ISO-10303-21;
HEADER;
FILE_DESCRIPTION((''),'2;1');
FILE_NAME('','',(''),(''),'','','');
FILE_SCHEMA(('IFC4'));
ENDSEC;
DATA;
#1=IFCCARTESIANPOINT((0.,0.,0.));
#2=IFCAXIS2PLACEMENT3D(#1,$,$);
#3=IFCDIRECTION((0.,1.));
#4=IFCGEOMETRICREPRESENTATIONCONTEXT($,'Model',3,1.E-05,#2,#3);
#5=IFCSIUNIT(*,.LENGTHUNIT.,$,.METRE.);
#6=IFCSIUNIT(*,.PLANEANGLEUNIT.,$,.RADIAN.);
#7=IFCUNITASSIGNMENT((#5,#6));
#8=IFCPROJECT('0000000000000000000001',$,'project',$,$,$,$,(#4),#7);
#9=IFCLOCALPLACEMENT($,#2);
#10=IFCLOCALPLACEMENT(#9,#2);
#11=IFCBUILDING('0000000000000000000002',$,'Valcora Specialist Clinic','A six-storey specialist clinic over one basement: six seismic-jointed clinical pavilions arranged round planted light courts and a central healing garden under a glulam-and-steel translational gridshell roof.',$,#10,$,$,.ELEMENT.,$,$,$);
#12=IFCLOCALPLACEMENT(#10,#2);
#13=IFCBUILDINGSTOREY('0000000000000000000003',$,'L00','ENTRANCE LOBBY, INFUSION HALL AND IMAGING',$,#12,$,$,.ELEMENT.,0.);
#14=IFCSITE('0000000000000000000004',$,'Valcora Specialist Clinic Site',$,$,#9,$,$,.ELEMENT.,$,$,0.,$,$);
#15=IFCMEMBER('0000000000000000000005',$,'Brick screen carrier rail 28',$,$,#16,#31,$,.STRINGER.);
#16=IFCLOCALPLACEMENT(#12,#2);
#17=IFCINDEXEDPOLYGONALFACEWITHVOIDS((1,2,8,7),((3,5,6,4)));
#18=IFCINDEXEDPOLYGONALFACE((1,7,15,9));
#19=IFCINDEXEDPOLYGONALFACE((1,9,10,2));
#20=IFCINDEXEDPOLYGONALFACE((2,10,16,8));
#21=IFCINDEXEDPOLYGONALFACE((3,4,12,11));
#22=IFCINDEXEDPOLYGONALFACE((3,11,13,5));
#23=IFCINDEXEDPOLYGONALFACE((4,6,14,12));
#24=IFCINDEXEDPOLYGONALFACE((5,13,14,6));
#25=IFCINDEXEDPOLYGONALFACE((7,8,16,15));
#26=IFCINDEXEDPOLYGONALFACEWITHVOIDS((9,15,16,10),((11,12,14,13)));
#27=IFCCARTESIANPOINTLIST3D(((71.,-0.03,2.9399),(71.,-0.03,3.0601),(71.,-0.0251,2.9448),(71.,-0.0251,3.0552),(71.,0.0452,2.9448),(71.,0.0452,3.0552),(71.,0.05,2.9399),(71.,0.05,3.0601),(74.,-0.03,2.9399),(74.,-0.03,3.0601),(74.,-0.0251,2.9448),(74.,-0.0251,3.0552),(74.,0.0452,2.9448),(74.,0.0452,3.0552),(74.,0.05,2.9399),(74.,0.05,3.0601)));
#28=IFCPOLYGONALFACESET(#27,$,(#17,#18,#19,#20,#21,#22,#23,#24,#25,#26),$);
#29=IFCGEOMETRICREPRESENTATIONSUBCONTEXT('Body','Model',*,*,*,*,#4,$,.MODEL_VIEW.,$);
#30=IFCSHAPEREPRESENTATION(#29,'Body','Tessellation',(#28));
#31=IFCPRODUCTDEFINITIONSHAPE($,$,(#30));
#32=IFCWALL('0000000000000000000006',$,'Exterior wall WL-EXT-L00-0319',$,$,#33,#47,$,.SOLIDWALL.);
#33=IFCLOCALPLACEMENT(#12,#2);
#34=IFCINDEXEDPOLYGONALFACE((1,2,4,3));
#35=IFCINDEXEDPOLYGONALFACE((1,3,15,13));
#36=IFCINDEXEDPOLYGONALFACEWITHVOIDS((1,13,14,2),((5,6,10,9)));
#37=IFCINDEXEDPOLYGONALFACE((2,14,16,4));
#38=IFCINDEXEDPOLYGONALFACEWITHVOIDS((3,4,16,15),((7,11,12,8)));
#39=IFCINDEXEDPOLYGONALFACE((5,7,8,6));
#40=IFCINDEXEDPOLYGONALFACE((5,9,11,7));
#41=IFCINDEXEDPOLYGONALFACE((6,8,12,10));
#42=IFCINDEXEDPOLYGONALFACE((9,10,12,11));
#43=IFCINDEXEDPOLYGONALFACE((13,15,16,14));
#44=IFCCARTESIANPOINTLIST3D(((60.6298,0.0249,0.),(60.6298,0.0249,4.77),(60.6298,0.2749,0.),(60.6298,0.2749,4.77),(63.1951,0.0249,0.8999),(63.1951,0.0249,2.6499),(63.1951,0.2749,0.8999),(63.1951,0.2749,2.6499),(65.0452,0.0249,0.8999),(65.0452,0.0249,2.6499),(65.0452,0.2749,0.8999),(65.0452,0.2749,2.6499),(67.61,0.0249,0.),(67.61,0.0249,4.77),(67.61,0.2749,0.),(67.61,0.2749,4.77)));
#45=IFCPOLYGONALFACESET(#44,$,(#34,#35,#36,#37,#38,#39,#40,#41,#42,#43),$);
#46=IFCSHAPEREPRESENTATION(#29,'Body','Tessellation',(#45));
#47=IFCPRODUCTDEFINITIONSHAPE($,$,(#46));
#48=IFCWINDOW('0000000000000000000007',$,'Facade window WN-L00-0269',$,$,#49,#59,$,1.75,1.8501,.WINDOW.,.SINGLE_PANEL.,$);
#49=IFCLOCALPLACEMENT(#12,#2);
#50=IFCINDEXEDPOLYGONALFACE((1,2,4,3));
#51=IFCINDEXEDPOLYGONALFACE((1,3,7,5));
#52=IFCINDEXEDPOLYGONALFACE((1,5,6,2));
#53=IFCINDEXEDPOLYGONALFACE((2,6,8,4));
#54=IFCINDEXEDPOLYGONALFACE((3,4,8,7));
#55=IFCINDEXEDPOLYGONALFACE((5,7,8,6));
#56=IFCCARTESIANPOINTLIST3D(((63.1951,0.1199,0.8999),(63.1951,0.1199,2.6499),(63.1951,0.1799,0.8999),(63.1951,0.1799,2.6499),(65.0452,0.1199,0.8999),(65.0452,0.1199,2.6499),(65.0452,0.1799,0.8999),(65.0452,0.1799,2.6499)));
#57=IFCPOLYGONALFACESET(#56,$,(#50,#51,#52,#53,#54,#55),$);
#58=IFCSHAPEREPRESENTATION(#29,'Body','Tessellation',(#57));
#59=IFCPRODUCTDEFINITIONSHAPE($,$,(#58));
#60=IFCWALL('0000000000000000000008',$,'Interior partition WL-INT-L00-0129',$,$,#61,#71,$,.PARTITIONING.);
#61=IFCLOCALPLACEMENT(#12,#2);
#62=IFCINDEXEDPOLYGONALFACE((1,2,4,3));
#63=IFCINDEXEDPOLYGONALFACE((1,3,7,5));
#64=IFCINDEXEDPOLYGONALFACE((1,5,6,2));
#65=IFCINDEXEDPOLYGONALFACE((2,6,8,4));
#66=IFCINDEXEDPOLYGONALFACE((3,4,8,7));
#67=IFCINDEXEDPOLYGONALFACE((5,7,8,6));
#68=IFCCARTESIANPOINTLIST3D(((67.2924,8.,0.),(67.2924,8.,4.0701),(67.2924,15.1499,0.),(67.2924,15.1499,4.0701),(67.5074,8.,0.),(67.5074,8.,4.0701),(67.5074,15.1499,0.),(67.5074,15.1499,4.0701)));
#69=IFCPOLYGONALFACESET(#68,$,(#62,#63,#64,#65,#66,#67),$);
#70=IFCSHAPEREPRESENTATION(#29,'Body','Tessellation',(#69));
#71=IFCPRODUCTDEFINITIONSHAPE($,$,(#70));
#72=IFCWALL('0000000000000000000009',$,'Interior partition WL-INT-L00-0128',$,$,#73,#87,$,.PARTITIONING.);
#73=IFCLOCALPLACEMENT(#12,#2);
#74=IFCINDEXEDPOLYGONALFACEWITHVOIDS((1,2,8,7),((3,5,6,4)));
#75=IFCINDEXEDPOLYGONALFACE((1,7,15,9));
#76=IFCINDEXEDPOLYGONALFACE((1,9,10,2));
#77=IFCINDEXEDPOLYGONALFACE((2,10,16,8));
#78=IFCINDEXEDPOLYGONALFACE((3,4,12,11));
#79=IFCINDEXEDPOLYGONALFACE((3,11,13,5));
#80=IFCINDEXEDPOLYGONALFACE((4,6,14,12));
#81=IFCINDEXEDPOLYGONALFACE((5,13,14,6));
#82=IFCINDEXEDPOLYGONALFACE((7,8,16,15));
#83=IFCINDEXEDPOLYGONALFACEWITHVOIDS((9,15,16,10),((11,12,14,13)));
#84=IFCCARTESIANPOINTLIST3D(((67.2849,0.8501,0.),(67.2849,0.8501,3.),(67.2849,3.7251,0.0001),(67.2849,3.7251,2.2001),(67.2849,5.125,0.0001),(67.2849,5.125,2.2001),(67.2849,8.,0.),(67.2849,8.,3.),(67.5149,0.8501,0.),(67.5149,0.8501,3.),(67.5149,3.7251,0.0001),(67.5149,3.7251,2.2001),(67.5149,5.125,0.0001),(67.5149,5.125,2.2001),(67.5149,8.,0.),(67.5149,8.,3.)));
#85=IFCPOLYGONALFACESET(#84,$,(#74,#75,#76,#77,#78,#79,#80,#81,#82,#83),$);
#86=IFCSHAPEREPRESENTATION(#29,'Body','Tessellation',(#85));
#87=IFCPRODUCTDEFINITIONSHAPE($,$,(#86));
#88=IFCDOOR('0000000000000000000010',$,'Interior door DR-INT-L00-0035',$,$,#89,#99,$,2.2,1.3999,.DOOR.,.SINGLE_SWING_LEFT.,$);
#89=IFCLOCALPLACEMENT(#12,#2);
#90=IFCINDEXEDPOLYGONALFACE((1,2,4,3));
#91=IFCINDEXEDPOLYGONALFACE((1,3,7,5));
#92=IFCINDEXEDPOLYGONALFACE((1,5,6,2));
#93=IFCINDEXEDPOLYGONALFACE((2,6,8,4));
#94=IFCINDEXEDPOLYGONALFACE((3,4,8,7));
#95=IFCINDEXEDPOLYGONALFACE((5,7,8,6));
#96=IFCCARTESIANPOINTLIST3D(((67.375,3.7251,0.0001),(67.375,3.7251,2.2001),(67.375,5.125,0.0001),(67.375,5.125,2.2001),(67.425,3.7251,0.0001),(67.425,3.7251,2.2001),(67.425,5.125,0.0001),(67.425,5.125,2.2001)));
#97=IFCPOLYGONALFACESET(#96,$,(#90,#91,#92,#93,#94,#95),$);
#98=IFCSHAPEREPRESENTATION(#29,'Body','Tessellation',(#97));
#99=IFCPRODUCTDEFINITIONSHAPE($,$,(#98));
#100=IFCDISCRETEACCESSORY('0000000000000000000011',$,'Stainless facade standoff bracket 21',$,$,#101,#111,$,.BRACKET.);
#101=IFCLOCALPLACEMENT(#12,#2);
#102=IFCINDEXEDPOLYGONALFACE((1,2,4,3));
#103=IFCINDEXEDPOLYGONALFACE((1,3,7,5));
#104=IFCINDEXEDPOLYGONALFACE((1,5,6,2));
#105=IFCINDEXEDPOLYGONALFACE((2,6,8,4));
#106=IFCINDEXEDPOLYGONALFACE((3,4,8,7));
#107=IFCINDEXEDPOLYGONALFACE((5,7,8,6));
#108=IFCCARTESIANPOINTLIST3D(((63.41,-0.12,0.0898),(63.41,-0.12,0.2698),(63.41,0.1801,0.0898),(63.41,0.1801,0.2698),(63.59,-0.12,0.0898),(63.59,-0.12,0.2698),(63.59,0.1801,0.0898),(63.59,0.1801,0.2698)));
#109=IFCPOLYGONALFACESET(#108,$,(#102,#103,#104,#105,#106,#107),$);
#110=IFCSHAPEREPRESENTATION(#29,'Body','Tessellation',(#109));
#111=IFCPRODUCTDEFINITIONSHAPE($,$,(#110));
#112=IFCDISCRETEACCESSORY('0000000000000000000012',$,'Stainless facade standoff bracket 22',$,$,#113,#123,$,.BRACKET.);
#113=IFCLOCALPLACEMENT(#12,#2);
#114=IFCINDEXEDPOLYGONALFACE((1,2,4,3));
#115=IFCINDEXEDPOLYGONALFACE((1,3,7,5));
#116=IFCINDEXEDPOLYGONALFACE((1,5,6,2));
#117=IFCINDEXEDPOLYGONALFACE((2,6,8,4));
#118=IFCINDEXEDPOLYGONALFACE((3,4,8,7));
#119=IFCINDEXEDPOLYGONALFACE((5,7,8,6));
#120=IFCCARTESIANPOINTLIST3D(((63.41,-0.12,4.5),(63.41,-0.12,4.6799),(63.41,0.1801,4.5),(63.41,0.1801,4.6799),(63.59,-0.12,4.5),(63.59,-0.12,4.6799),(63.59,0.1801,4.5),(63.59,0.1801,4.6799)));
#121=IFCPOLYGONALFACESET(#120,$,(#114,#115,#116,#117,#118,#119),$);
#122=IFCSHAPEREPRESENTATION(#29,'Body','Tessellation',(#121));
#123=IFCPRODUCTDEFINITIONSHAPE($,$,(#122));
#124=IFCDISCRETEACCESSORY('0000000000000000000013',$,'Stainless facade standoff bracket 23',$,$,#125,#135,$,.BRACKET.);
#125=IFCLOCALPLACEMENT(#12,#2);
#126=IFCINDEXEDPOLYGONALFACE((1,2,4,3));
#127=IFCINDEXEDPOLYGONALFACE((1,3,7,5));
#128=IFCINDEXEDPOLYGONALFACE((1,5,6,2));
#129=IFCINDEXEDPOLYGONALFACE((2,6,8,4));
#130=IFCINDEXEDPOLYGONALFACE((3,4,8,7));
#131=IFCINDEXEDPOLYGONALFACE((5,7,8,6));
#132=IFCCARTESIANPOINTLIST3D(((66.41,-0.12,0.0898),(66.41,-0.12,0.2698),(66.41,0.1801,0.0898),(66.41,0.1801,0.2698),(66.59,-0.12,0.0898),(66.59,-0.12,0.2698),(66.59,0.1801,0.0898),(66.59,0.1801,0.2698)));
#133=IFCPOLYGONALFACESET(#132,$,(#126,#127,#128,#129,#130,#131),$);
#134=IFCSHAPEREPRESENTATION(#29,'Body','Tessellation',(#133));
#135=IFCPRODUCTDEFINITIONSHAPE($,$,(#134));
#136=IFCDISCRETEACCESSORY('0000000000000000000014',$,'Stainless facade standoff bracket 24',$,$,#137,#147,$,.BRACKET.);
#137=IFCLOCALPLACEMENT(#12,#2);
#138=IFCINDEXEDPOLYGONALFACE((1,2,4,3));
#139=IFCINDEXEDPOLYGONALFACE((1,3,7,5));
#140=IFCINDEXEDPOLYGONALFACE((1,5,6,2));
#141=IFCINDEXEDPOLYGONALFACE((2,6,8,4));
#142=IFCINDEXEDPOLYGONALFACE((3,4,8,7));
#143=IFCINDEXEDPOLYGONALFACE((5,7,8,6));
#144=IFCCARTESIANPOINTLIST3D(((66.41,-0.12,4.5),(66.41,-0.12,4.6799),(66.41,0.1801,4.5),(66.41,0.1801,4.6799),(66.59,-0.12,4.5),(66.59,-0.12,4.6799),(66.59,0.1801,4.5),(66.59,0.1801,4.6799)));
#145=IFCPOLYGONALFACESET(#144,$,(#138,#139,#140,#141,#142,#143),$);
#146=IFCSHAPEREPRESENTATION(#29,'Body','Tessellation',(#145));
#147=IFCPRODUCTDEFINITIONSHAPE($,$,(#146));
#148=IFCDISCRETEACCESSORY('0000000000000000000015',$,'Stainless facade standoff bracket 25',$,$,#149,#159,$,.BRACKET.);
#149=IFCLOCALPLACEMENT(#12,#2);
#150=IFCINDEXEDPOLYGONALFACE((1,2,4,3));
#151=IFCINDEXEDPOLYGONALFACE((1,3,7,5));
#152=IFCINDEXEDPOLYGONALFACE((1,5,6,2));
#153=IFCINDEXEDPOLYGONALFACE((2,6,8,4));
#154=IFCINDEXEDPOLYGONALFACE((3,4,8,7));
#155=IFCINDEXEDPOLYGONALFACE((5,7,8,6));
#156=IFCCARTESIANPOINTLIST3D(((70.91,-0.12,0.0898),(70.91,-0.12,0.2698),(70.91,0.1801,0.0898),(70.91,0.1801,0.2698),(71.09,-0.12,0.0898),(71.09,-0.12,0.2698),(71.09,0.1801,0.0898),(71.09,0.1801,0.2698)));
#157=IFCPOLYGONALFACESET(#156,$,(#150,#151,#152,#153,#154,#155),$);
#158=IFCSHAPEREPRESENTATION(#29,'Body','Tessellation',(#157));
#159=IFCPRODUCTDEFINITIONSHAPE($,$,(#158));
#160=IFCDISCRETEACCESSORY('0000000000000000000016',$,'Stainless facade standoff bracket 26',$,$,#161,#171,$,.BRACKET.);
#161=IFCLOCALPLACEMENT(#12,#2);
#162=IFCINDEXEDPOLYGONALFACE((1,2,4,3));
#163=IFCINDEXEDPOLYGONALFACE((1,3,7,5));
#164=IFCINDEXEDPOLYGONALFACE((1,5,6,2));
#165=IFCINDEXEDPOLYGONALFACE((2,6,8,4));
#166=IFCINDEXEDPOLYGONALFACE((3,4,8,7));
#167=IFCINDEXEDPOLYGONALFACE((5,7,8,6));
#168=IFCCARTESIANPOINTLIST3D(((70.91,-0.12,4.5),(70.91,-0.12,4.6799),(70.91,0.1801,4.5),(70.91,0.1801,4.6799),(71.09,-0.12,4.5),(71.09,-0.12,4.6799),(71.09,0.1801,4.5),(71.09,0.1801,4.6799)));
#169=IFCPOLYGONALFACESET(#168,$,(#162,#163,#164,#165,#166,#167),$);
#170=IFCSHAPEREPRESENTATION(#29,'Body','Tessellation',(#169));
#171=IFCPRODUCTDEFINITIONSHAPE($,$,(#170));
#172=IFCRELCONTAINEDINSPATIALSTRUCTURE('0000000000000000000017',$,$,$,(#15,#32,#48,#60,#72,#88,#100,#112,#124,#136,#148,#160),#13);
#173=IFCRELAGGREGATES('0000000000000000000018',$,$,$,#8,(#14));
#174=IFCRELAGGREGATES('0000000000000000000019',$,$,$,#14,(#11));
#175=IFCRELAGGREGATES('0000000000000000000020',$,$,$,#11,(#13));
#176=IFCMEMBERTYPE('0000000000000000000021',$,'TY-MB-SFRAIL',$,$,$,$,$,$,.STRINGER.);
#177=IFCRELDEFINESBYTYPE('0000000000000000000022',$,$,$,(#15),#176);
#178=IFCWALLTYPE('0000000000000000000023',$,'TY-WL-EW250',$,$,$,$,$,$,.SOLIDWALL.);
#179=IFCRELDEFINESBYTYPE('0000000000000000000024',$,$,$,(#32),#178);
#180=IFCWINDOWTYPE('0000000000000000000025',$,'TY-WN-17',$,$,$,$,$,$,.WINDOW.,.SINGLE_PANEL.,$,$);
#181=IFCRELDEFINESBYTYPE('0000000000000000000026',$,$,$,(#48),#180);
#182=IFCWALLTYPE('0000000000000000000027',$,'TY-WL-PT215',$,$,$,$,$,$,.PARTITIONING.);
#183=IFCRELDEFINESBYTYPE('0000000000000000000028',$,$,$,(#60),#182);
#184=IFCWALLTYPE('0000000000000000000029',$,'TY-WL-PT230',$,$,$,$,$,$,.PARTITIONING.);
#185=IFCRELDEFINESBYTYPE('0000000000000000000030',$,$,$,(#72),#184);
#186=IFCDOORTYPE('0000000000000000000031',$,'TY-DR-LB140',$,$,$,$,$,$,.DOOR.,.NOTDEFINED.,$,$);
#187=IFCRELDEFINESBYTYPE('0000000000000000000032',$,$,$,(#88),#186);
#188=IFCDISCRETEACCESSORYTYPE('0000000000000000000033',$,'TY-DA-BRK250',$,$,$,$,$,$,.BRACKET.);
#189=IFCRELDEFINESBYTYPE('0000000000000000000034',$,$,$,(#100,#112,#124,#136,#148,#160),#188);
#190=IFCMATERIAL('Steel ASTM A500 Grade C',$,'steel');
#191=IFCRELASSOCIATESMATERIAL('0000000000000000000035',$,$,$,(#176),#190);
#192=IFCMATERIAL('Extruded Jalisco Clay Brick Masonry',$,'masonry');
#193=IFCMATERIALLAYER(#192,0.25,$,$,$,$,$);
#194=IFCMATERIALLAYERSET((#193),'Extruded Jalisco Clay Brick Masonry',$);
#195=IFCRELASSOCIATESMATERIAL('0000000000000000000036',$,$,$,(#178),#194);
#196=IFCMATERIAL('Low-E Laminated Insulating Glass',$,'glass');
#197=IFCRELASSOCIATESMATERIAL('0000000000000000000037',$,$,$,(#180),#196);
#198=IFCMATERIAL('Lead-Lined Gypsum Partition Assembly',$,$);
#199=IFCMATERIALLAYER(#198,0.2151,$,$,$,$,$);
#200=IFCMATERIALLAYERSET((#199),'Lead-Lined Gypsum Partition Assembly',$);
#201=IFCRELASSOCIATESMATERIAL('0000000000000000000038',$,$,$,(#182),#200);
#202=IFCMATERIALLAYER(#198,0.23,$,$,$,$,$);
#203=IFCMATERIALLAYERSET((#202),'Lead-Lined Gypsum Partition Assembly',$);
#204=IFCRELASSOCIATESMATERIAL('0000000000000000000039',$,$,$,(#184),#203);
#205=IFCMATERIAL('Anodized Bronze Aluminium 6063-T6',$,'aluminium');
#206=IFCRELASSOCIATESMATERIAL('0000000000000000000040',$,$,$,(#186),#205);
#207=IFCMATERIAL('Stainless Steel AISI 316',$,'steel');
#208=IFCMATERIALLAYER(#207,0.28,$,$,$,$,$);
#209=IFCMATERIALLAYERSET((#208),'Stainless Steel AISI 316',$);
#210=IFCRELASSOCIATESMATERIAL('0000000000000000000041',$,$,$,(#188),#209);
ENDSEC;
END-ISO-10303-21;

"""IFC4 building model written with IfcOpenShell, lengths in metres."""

from ifc_helpers import new_model, si_unit, direction, frame, frame_2d, origin, origin_2d, place, context, subcontext, project, spatial, rectangle, hollow_rectangle, extrude, material, layer, layer_set, material_profile, profile_set, type_object, element, fill, save


model = new_model("IFC4")

# Units and contexts
model_context = context("Model", 3, precision=1e-05, world=origin(), true_north=direction((0.0, 1.0)))
body_context = subcontext(model_context, "Body", "Model", "MODEL_VIEW")
ifc_project = project(units=[si_unit("LENGTHUNIT", "METRE"), si_unit("PLANEANGLEUNIT", "RADIAN")], contexts=[model_context])

# Site, building, storey
site_placement = place(None, origin())
site = spatial("IfcSite", under=ifc_project, at=site_placement, Name="Valcora Specialist Clinic Site", CompositionType="ELEMENT", RefElevation=0.0)
building_placement = place(site_placement, origin())
building = spatial("IfcBuilding", under=site, at=building_placement, Name="Valcora Specialist Clinic", Description="A six-storey specialist clinic over one basement: six seismic-jointed clinical pavilions arranged round planted light courts and a central healing garden under a glulam-and-steel translational gridshell roof.", CompositionType="ELEMENT")
storey_placement = place(building_placement, origin())
storey = spatial("IfcBuildingStorey", under=building, at=storey_placement, Name="L00", Description="ENTRANCE LOBBY, INFUSION HALL AND IMAGING", CompositionType="ELEMENT", Elevation=0.0)

# Member
ifc_material_1 = material(Name="Steel ASTM A500 Grade C", Category="steel")
ifc_material_profile_1 = material_profile(ifc_material_1, hollow_rectangle(XDim=0.0801, YDim=0.1201, WallThickness=0.0049, at=origin_2d()), Name="ST-RHS-120X80X5")
ifc_profile_set_1 = profile_set([ifc_material_profile_1], Name="Steel ASTM A500 Grade C")
member_type_1 = type_object("IfcMemberType", Name="TY-MB-SFRAIL", PredefinedType="STRINGER", material=ifc_profile_set_1)
for number, where, z_axis, x_axis, name in (
    (1, (71.0, 0.01, 3.0), (1.0, 0.0, 0.0), (0.0, 1.0, 0.0), "Brick screen carrier rail 28"),
):
    element("IfcMember", number, at=place(storey_placement, frame(where, z_axis=z_axis, x_axis=x_axis)), inside=storey, type_object=member_type_1, Name=name, PredefinedType="STRINGER", context=body_context, shape_type="SweptSolid", body=[
        extrude(hollow_rectangle(XDim=0.0801, YDim=0.1201, WallThickness=0.0049, at=origin_2d()), origin(), (0.0, 0.0, 1.0), 3.0),
    ])

# Wall, opening, window
ifc_material_2 = material(Name="Extruded Jalisco Clay Brick Masonry", Category="masonry")
ifc_layer_1 = layer(ifc_material_2, 0.25)
ifc_layer_set_1 = layer_set([ifc_layer_1], Name="Extruded Jalisco Clay Brick Masonry")
wall_type_1 = type_object("IfcWallType", Name="TY-WL-EW250", PredefinedType="SOLIDWALL", material=ifc_layer_set_1)
wall_1_placement = place(storey_placement, frame((67.6101, 0.1499, 0.0), z_axis=(0.0, 0.0, 1.0), x_axis=(-1.0, 0.0, 0.0)))
wall_1 = element("IfcWall", 2, at=wall_1_placement, inside=storey, type_object=wall_type_1, Name="Exterior wall WL-EXT-L00-0319", PredefinedType="SOLIDWALL", context=body_context, shape_type="SweptSolid", body=[
    extrude(rectangle(XDim=6.9802, YDim=0.25, at=frame_2d((3.4902, 0.0))), origin(), (0.0, 0.0, 1.0), 4.77),
])
opening_1_placement = place(wall_1_placement, frame((2.5649, 0.0, 0.8999)))
opening_1 = element("IfcOpeningElement", 3, at=opening_1_placement, cuts=wall_1, PredefinedType="OPENING", context=body_context, shape_type="SweptSolid", body=[
    extrude(rectangle(XDim=1.8501, YDim=1.75, at=frame_2d((0.925, 0.875))), frame((0.0, 0.135, 0.0), z_axis=(0.0, -1.0, 0.0), x_axis=(1.0, 0.0, 0.0)), (0.0, 0.0, 1.0), 0.27),
])
ifc_material_3 = material(Name="Low-E Laminated Insulating Glass", Category="glass")
window_type = type_object("IfcWindowType", Name="TY-WN-17", PartitioningType="SINGLE_PANEL", PredefinedType="WINDOW", material=ifc_material_3)
window_placement = place(opening_1_placement, origin())
window = element("IfcWindow", 4, at=window_placement, inside=storey, type_object=window_type, Name="Facade window WN-L00-0269", OverallHeight=1.75, OverallWidth=1.8501, PartitioningType="SINGLE_PANEL", PredefinedType="WINDOW", context=body_context, shape_type="SweptSolid", body=[
    extrude(rectangle(XDim=1.8501, YDim=1.75, at=frame_2d((0.925, 0.875))), frame((0.0, 0.03, 0.0), z_axis=(0.0, -1.0, 0.0), x_axis=(1.0, 0.0, 0.0)), (0.0, 0.0, 1.0), 0.0601),
])
fill(opening_1, window)

# Wall
ifc_material_4 = material(Name="Lead-Lined Gypsum Partition Assembly")
ifc_layer_2 = layer(ifc_material_4, 0.2151)
ifc_layer_set_2 = layer_set([ifc_layer_2], Name="Lead-Lined Gypsum Partition Assembly")
wall_type_2 = type_object("IfcWallType", Name="TY-WL-PT215", PredefinedType="PARTITIONING", material=ifc_layer_set_2)
wall_2_placement = place(storey_placement, frame((67.3999, 8.0, 0.0), z_axis=(0.0, 0.0, 1.0), x_axis=(0.0, 1.0, 0.0)))
element("IfcWall", 5, at=wall_2_placement, inside=storey, type_object=wall_type_2, Name="Interior partition WL-INT-L00-0129", PredefinedType="PARTITIONING", context=body_context, shape_type="SweptSolid", body=[
    extrude(rectangle(XDim=7.1499, YDim=0.2151, at=frame_2d((3.575, 0.0))), origin(), (0.0, 0.0, 1.0), 4.0701),
])

# Wall, opening, door
ifc_layer_3 = layer(ifc_material_4, 0.23)
ifc_layer_set_3 = layer_set([ifc_layer_3], Name="Lead-Lined Gypsum Partition Assembly")
wall_type_3 = type_object("IfcWallType", Name="TY-WL-PT230", PredefinedType="PARTITIONING", material=ifc_layer_set_3)
wall_3_placement = place(storey_placement, frame((67.3999, 0.8501, 0.0), z_axis=(0.0, 0.0, 1.0), x_axis=(0.0, 1.0, 0.0)))
wall_3 = element("IfcWall", 6, at=wall_3_placement, inside=storey, type_object=wall_type_3, Name="Interior partition WL-INT-L00-0128", PredefinedType="PARTITIONING", context=body_context, shape_type="SweptSolid", body=[
    extrude(rectangle(XDim=7.1499, YDim=0.23, at=frame_2d((3.575, 0.0))), origin(), (0.0, 0.0, 1.0), 3.0),
])
opening_2_placement = place(wall_3_placement, frame((2.875, 0.0, 0.0)))
opening_2 = element("IfcOpeningElement", 7, at=opening_2_placement, cuts=wall_3, PredefinedType="OPENING", context=body_context, shape_type="SweptSolid", body=[
    extrude(rectangle(XDim=1.3999, YDim=2.2, at=frame_2d((0.7, 1.1001))), frame((0.0, 0.125, 0.0), z_axis=(0.0, -1.0, 0.0), x_axis=(1.0, 0.0, 0.0)), (0.0, 0.0, 1.0), 0.25),
])
ifc_material_5 = material(Name="Anodized Bronze Aluminium 6063-T6", Category="aluminium")
door_type = type_object("IfcDoorType", Name="TY-DR-LB140", OperationType="NOTDEFINED", PredefinedType="DOOR", material=ifc_material_5)
door_placement = place(opening_2_placement, origin())
door = element("IfcDoor", 8, at=door_placement, inside=storey, type_object=door_type, Name="Interior door DR-INT-L00-0035", OperationType="SINGLE_SWING_LEFT", OverallHeight=2.2, OverallWidth=1.3999, PredefinedType="DOOR", context=body_context, shape_type="SweptSolid", body=[
    extrude(rectangle(XDim=1.3999, YDim=2.2, at=frame_2d((0.7, 1.1001))), frame((0.0, 0.0249, 0.0), z_axis=(0.0, -1.0, 0.0), x_axis=(1.0, 0.0, 0.0)), (0.0, 0.0, 1.0), 0.05),
])
fill(opening_2, door)

# Discrete accessories
ifc_material_6 = material(Name="Stainless Steel AISI 316", Category="steel")
ifc_layer_4 = layer(ifc_material_6, 0.28)
ifc_layer_set_4 = layer_set([ifc_layer_4], Name="Stainless Steel AISI 316")
discrete_accessory_type = type_object("IfcDiscreteAccessoryType", Name="TY-DA-BRK250", PredefinedType="BRACKET", material=ifc_layer_set_4)
for number, where, z_axis, x_axis, name in (
    (9, (63.5, 0.03, 0.0898), (0.0, 0.0, 1.0), (1.0, 0.0, 0.0), "Stainless facade standoff bracket 21"),
    (10, (63.5, 0.03, 4.5), (0.0, 0.0, 1.0), (1.0, 0.0, 0.0), "Stainless facade standoff bracket 22"),
    (11, (66.5, 0.03, 0.0898), (0.0, 0.0, 1.0), (1.0, 0.0, 0.0), "Stainless facade standoff bracket 23"),
    (12, (66.5, 0.03, 4.5), (0.0, 0.0, 1.0), (1.0, 0.0, 0.0), "Stainless facade standoff bracket 24"),
    (13, (71.0, 0.03, 0.0898), (0.0, 0.0, 1.0), (1.0, 0.0, 0.0), "Stainless facade standoff bracket 25"),
    (14, (71.0, 0.03, 4.5), (0.0, 0.0, 1.0), (1.0, 0.0, 0.0), "Stainless facade standoff bracket 26"),
):
    element("IfcDiscreteAccessory", number, at=place(storey_placement, frame(where, z_axis=z_axis, x_axis=x_axis)), inside=storey, type_object=discrete_accessory_type, Name=name, PredefinedType="BRACKET", context=body_context, shape_type="SweptSolid", body=[
        extrude(rectangle(XDim=0.1799, YDim=0.3, at=origin_2d()), origin(), (0.0, 0.0, 1.0), 0.1799),
    ])

save(model, "model.ifc")
